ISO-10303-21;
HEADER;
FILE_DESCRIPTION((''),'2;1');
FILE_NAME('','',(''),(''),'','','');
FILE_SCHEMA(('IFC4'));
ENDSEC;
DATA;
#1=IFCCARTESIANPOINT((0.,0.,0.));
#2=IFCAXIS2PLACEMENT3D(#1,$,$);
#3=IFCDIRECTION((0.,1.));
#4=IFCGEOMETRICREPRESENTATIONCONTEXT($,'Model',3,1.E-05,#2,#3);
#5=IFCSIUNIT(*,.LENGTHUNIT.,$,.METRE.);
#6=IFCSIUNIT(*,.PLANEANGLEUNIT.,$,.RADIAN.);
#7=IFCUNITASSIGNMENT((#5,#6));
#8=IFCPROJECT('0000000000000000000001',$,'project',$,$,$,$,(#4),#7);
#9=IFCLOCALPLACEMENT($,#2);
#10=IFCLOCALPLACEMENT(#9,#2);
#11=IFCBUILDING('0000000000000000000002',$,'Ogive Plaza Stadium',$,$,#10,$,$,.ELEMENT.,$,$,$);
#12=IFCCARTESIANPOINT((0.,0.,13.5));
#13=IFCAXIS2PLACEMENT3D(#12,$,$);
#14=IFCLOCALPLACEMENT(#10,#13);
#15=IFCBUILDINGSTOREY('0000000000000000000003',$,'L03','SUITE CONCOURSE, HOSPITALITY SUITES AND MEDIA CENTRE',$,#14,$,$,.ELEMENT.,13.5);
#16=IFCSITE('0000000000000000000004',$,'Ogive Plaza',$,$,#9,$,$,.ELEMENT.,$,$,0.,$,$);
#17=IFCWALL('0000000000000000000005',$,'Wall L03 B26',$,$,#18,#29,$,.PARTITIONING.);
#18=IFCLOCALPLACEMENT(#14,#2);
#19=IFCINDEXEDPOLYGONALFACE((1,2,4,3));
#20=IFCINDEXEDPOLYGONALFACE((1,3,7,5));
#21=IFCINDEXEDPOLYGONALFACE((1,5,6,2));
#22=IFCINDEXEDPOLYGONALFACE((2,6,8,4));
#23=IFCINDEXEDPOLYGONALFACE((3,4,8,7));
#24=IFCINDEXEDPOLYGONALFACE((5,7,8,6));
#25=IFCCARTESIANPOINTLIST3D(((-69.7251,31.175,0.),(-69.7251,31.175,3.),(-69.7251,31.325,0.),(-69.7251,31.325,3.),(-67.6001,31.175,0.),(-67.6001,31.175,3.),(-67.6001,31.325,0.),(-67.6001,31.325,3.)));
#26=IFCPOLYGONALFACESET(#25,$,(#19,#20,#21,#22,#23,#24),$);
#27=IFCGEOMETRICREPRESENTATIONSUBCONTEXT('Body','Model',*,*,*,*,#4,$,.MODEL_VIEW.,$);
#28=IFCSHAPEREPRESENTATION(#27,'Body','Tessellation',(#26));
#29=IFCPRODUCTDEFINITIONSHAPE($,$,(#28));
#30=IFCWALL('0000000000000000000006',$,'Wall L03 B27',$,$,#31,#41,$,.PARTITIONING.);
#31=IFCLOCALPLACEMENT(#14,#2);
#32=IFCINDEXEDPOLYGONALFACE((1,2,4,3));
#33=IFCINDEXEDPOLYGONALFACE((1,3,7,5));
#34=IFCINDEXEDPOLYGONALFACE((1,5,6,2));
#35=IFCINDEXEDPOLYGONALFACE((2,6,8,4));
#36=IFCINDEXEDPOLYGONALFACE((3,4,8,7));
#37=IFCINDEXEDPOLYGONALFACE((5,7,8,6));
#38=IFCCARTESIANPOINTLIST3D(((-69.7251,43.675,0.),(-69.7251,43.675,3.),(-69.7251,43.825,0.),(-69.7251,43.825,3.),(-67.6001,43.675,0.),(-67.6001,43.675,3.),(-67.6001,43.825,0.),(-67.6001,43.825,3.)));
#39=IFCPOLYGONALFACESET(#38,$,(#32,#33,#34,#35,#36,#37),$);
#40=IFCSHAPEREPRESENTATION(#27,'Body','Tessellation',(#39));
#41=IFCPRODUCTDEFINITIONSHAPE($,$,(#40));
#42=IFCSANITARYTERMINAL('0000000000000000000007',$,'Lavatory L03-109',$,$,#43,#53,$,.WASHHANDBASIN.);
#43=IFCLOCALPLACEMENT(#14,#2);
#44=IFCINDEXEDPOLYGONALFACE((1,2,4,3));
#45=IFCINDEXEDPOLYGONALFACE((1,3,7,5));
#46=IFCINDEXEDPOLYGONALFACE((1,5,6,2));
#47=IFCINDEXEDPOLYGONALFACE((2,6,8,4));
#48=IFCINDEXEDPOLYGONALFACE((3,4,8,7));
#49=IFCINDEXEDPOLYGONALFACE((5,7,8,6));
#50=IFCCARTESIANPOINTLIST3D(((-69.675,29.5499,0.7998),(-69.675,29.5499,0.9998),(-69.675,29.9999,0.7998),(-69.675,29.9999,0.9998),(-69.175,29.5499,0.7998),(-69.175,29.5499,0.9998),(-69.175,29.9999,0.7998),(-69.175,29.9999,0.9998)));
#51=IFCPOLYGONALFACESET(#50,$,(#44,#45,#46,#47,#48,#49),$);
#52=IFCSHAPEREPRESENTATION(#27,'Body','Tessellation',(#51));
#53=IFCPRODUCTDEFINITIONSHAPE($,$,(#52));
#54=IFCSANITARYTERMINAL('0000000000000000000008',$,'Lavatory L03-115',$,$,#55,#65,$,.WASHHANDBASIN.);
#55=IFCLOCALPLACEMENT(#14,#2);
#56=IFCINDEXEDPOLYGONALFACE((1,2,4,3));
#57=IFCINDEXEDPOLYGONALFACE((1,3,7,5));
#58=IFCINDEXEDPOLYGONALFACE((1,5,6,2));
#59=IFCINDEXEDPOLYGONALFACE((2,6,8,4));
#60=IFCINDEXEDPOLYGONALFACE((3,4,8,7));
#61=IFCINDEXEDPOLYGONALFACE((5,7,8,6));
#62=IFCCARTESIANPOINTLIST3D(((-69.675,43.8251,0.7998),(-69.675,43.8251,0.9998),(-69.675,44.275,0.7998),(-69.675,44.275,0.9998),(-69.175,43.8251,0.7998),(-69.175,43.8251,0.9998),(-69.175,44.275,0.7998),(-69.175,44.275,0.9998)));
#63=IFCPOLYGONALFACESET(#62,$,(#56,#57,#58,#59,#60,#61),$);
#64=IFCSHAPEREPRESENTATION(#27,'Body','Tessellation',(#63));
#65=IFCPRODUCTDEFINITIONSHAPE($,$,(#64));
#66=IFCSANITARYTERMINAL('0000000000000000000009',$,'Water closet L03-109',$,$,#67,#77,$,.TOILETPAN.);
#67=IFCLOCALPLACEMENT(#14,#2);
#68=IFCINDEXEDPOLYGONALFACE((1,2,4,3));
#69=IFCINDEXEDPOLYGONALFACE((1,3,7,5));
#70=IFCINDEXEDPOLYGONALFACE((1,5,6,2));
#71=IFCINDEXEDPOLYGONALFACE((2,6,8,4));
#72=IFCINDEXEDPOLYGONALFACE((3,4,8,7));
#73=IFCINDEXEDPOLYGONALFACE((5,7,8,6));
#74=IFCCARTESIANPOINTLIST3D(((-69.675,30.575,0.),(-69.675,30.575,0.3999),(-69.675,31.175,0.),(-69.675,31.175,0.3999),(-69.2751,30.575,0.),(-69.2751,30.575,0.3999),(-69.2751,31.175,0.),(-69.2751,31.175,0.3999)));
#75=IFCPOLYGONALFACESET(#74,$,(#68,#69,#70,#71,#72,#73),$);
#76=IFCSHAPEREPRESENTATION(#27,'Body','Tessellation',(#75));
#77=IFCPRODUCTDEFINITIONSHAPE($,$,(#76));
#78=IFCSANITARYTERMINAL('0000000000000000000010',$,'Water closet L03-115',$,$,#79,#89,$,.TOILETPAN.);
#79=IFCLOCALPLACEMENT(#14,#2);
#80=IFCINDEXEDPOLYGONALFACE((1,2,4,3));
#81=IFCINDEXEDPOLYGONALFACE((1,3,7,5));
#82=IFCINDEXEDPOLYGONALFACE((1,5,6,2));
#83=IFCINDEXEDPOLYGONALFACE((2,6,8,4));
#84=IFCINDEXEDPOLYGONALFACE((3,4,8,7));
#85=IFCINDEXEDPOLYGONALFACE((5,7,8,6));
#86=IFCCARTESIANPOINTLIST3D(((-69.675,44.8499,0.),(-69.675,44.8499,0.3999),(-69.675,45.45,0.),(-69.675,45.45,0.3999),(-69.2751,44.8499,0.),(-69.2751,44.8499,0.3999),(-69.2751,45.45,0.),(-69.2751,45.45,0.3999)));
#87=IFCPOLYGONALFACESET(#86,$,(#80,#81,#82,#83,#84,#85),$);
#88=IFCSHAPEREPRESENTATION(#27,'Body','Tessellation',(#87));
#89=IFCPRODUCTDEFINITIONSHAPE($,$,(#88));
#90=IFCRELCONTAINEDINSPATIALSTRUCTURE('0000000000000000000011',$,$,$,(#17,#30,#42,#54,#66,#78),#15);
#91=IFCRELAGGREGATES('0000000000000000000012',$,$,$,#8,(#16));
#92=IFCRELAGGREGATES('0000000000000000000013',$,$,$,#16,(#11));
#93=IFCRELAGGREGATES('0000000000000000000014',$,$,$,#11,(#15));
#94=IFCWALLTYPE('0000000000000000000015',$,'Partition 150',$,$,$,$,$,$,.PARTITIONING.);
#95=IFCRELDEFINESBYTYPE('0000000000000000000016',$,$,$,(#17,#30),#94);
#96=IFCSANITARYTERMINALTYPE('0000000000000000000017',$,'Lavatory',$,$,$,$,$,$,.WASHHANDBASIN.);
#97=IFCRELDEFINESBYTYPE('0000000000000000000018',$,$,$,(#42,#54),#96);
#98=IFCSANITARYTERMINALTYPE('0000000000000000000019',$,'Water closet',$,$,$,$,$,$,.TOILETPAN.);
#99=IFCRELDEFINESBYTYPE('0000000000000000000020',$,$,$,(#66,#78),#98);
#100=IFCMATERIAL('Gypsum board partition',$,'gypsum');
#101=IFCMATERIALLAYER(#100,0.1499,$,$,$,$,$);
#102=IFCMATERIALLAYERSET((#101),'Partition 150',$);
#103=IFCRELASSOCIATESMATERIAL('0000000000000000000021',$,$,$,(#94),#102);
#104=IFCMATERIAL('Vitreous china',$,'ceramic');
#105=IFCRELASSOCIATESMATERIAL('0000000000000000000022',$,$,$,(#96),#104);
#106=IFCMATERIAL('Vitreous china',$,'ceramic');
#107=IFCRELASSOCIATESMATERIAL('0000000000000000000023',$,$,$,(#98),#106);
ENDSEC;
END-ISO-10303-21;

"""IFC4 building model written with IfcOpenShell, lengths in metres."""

from ifc_helpers import new_model, si_unit, direction, frame, frame_2d, origin, origin_2d, place, context, subcontext, project, spatial, rectangle, extrude, material, layer, layer_set, type_object, element, save


model = new_model("IFC4")

# Units and contexts
model_context = context("Model", 3, precision=1e-05, world=origin(), true_north=direction((0.0, 1.0)))
body_context = subcontext(model_context, "Body", "Model", "MODEL_VIEW")
ifc_project = project(units=[si_unit("LENGTHUNIT", "METRE"), si_unit("PLANEANGLEUNIT", "RADIAN")], contexts=[model_context])

# Site, building, storey
site_placement = place(None, origin())
site = spatial("IfcSite", under=ifc_project, at=site_placement, Name="Ogive Plaza", CompositionType="ELEMENT", RefElevation=0.0)
building_placement = place(site_placement, origin())
building = spatial("IfcBuilding", under=site, at=building_placement, Name="Ogive Plaza Stadium", CompositionType="ELEMENT")
storey_placement = place(building_placement, frame((0.0, 0.0, 13.5)))
storey = spatial("IfcBuildingStorey", under=building, at=storey_placement, Name="L03", Description="SUITE CONCOURSE, HOSPITALITY SUITES AND MEDIA CENTRE", CompositionType="ELEMENT", Elevation=13.5)

# Shared definitions
ifc_material_1 = material(Name="Gypsum board partition", Category="gypsum")
ifc_layer_1 = layer(ifc_material_1, 0.1499)
ifc_layer_set_1 = layer_set([ifc_layer_1], Name="Partition 150")
wall_type_1 = type_object("IfcWallType", Name="Partition 150", PredefinedType="PARTITIONING", material=ifc_layer_set_1)

# Walls
for number, where, z_axis, x_axis, name in (
    (1, (-67.6001, 31.25, 0.0), (0.0, 0.0, 1.0), (-1.0, 0.0, 0.0), "Wall L03 B26"),
    (2, (-67.6001, 43.75, 0.0), (0.0, 0.0, 1.0), (-1.0, 0.0, 0.0), "Wall L03 B27"),
):
    element("IfcWall", number, at=place(storey_placement, frame(where, z_axis=z_axis, x_axis=x_axis)), inside=storey, type_object=wall_type_1, Name=name, PredefinedType="PARTITIONING", context=body_context, shape_type="SweptSolid", body=[
        extrude(rectangle(XDim=2.125, YDim=0.1499, at=frame_2d((1.0625, 0.0))), origin(), (0.0, 0.0, 1.0), 3.0),
    ])

# Sanitary terminals
ifc_material_2 = material(Name="Vitreous china", Category="ceramic")
sanitary_terminal_type_1 = type_object("IfcSanitaryTerminalType", Name="Lavatory", PredefinedType="WASHHANDBASIN", material=ifc_material_2)
for number, where, z_axis, x_axis, name in (
    (3, (-69.425, 29.7749, 0.7998), (0.0, 0.0, 1.0), (1.0, 0.0, 0.0), "Lavatory L03-109"),
    (4, (-69.425, 44.05, 0.7998), (0.0, 0.0, 1.0), (1.0, 0.0, 0.0), "Lavatory L03-115"),
):
    element("IfcSanitaryTerminal", number, at=place(storey_placement, frame(where, z_axis=z_axis, x_axis=x_axis)), inside=storey, type_object=sanitary_terminal_type_1, Name=name, PredefinedType="WASHHANDBASIN", context=body_context, shape_type="SweptSolid", body=[
        extrude(rectangle(XDim=0.5, YDim=0.45, at=origin_2d()), origin(), (0.0, 0.0, 1.0), 0.2),
    ])
ifc_material_3 = material(Name="Vitreous china", Category="ceramic")
sanitary_terminal_type_2 = type_object("IfcSanitaryTerminalType", Name="Water closet", PredefinedType="TOILETPAN", material=ifc_material_3)
for number, where, z_axis, x_axis, name in (
    (5, (-69.4751, 30.875, 0.0), (0.0, 0.0, 1.0), (1.0, 0.0, 0.0), "Water closet L03-109"),
    (6, (-69.4751, 45.1499, 0.0), (0.0, 0.0, 1.0), (1.0, 0.0, 0.0), "Water closet L03-115"),
):
    element("IfcSanitaryTerminal", number, at=place(storey_placement, frame(where, z_axis=z_axis, x_axis=x_axis)), inside=storey, type_object=sanitary_terminal_type_2, Name=name, PredefinedType="TOILETPAN", context=body_context, shape_type="SweptSolid", body=[
        extrude(rectangle(XDim=0.3999, YDim=0.6001, at=origin_2d()), origin(), (0.0, 0.0, 1.0), 0.3999),
    ])

save(model, "model.ifc")
